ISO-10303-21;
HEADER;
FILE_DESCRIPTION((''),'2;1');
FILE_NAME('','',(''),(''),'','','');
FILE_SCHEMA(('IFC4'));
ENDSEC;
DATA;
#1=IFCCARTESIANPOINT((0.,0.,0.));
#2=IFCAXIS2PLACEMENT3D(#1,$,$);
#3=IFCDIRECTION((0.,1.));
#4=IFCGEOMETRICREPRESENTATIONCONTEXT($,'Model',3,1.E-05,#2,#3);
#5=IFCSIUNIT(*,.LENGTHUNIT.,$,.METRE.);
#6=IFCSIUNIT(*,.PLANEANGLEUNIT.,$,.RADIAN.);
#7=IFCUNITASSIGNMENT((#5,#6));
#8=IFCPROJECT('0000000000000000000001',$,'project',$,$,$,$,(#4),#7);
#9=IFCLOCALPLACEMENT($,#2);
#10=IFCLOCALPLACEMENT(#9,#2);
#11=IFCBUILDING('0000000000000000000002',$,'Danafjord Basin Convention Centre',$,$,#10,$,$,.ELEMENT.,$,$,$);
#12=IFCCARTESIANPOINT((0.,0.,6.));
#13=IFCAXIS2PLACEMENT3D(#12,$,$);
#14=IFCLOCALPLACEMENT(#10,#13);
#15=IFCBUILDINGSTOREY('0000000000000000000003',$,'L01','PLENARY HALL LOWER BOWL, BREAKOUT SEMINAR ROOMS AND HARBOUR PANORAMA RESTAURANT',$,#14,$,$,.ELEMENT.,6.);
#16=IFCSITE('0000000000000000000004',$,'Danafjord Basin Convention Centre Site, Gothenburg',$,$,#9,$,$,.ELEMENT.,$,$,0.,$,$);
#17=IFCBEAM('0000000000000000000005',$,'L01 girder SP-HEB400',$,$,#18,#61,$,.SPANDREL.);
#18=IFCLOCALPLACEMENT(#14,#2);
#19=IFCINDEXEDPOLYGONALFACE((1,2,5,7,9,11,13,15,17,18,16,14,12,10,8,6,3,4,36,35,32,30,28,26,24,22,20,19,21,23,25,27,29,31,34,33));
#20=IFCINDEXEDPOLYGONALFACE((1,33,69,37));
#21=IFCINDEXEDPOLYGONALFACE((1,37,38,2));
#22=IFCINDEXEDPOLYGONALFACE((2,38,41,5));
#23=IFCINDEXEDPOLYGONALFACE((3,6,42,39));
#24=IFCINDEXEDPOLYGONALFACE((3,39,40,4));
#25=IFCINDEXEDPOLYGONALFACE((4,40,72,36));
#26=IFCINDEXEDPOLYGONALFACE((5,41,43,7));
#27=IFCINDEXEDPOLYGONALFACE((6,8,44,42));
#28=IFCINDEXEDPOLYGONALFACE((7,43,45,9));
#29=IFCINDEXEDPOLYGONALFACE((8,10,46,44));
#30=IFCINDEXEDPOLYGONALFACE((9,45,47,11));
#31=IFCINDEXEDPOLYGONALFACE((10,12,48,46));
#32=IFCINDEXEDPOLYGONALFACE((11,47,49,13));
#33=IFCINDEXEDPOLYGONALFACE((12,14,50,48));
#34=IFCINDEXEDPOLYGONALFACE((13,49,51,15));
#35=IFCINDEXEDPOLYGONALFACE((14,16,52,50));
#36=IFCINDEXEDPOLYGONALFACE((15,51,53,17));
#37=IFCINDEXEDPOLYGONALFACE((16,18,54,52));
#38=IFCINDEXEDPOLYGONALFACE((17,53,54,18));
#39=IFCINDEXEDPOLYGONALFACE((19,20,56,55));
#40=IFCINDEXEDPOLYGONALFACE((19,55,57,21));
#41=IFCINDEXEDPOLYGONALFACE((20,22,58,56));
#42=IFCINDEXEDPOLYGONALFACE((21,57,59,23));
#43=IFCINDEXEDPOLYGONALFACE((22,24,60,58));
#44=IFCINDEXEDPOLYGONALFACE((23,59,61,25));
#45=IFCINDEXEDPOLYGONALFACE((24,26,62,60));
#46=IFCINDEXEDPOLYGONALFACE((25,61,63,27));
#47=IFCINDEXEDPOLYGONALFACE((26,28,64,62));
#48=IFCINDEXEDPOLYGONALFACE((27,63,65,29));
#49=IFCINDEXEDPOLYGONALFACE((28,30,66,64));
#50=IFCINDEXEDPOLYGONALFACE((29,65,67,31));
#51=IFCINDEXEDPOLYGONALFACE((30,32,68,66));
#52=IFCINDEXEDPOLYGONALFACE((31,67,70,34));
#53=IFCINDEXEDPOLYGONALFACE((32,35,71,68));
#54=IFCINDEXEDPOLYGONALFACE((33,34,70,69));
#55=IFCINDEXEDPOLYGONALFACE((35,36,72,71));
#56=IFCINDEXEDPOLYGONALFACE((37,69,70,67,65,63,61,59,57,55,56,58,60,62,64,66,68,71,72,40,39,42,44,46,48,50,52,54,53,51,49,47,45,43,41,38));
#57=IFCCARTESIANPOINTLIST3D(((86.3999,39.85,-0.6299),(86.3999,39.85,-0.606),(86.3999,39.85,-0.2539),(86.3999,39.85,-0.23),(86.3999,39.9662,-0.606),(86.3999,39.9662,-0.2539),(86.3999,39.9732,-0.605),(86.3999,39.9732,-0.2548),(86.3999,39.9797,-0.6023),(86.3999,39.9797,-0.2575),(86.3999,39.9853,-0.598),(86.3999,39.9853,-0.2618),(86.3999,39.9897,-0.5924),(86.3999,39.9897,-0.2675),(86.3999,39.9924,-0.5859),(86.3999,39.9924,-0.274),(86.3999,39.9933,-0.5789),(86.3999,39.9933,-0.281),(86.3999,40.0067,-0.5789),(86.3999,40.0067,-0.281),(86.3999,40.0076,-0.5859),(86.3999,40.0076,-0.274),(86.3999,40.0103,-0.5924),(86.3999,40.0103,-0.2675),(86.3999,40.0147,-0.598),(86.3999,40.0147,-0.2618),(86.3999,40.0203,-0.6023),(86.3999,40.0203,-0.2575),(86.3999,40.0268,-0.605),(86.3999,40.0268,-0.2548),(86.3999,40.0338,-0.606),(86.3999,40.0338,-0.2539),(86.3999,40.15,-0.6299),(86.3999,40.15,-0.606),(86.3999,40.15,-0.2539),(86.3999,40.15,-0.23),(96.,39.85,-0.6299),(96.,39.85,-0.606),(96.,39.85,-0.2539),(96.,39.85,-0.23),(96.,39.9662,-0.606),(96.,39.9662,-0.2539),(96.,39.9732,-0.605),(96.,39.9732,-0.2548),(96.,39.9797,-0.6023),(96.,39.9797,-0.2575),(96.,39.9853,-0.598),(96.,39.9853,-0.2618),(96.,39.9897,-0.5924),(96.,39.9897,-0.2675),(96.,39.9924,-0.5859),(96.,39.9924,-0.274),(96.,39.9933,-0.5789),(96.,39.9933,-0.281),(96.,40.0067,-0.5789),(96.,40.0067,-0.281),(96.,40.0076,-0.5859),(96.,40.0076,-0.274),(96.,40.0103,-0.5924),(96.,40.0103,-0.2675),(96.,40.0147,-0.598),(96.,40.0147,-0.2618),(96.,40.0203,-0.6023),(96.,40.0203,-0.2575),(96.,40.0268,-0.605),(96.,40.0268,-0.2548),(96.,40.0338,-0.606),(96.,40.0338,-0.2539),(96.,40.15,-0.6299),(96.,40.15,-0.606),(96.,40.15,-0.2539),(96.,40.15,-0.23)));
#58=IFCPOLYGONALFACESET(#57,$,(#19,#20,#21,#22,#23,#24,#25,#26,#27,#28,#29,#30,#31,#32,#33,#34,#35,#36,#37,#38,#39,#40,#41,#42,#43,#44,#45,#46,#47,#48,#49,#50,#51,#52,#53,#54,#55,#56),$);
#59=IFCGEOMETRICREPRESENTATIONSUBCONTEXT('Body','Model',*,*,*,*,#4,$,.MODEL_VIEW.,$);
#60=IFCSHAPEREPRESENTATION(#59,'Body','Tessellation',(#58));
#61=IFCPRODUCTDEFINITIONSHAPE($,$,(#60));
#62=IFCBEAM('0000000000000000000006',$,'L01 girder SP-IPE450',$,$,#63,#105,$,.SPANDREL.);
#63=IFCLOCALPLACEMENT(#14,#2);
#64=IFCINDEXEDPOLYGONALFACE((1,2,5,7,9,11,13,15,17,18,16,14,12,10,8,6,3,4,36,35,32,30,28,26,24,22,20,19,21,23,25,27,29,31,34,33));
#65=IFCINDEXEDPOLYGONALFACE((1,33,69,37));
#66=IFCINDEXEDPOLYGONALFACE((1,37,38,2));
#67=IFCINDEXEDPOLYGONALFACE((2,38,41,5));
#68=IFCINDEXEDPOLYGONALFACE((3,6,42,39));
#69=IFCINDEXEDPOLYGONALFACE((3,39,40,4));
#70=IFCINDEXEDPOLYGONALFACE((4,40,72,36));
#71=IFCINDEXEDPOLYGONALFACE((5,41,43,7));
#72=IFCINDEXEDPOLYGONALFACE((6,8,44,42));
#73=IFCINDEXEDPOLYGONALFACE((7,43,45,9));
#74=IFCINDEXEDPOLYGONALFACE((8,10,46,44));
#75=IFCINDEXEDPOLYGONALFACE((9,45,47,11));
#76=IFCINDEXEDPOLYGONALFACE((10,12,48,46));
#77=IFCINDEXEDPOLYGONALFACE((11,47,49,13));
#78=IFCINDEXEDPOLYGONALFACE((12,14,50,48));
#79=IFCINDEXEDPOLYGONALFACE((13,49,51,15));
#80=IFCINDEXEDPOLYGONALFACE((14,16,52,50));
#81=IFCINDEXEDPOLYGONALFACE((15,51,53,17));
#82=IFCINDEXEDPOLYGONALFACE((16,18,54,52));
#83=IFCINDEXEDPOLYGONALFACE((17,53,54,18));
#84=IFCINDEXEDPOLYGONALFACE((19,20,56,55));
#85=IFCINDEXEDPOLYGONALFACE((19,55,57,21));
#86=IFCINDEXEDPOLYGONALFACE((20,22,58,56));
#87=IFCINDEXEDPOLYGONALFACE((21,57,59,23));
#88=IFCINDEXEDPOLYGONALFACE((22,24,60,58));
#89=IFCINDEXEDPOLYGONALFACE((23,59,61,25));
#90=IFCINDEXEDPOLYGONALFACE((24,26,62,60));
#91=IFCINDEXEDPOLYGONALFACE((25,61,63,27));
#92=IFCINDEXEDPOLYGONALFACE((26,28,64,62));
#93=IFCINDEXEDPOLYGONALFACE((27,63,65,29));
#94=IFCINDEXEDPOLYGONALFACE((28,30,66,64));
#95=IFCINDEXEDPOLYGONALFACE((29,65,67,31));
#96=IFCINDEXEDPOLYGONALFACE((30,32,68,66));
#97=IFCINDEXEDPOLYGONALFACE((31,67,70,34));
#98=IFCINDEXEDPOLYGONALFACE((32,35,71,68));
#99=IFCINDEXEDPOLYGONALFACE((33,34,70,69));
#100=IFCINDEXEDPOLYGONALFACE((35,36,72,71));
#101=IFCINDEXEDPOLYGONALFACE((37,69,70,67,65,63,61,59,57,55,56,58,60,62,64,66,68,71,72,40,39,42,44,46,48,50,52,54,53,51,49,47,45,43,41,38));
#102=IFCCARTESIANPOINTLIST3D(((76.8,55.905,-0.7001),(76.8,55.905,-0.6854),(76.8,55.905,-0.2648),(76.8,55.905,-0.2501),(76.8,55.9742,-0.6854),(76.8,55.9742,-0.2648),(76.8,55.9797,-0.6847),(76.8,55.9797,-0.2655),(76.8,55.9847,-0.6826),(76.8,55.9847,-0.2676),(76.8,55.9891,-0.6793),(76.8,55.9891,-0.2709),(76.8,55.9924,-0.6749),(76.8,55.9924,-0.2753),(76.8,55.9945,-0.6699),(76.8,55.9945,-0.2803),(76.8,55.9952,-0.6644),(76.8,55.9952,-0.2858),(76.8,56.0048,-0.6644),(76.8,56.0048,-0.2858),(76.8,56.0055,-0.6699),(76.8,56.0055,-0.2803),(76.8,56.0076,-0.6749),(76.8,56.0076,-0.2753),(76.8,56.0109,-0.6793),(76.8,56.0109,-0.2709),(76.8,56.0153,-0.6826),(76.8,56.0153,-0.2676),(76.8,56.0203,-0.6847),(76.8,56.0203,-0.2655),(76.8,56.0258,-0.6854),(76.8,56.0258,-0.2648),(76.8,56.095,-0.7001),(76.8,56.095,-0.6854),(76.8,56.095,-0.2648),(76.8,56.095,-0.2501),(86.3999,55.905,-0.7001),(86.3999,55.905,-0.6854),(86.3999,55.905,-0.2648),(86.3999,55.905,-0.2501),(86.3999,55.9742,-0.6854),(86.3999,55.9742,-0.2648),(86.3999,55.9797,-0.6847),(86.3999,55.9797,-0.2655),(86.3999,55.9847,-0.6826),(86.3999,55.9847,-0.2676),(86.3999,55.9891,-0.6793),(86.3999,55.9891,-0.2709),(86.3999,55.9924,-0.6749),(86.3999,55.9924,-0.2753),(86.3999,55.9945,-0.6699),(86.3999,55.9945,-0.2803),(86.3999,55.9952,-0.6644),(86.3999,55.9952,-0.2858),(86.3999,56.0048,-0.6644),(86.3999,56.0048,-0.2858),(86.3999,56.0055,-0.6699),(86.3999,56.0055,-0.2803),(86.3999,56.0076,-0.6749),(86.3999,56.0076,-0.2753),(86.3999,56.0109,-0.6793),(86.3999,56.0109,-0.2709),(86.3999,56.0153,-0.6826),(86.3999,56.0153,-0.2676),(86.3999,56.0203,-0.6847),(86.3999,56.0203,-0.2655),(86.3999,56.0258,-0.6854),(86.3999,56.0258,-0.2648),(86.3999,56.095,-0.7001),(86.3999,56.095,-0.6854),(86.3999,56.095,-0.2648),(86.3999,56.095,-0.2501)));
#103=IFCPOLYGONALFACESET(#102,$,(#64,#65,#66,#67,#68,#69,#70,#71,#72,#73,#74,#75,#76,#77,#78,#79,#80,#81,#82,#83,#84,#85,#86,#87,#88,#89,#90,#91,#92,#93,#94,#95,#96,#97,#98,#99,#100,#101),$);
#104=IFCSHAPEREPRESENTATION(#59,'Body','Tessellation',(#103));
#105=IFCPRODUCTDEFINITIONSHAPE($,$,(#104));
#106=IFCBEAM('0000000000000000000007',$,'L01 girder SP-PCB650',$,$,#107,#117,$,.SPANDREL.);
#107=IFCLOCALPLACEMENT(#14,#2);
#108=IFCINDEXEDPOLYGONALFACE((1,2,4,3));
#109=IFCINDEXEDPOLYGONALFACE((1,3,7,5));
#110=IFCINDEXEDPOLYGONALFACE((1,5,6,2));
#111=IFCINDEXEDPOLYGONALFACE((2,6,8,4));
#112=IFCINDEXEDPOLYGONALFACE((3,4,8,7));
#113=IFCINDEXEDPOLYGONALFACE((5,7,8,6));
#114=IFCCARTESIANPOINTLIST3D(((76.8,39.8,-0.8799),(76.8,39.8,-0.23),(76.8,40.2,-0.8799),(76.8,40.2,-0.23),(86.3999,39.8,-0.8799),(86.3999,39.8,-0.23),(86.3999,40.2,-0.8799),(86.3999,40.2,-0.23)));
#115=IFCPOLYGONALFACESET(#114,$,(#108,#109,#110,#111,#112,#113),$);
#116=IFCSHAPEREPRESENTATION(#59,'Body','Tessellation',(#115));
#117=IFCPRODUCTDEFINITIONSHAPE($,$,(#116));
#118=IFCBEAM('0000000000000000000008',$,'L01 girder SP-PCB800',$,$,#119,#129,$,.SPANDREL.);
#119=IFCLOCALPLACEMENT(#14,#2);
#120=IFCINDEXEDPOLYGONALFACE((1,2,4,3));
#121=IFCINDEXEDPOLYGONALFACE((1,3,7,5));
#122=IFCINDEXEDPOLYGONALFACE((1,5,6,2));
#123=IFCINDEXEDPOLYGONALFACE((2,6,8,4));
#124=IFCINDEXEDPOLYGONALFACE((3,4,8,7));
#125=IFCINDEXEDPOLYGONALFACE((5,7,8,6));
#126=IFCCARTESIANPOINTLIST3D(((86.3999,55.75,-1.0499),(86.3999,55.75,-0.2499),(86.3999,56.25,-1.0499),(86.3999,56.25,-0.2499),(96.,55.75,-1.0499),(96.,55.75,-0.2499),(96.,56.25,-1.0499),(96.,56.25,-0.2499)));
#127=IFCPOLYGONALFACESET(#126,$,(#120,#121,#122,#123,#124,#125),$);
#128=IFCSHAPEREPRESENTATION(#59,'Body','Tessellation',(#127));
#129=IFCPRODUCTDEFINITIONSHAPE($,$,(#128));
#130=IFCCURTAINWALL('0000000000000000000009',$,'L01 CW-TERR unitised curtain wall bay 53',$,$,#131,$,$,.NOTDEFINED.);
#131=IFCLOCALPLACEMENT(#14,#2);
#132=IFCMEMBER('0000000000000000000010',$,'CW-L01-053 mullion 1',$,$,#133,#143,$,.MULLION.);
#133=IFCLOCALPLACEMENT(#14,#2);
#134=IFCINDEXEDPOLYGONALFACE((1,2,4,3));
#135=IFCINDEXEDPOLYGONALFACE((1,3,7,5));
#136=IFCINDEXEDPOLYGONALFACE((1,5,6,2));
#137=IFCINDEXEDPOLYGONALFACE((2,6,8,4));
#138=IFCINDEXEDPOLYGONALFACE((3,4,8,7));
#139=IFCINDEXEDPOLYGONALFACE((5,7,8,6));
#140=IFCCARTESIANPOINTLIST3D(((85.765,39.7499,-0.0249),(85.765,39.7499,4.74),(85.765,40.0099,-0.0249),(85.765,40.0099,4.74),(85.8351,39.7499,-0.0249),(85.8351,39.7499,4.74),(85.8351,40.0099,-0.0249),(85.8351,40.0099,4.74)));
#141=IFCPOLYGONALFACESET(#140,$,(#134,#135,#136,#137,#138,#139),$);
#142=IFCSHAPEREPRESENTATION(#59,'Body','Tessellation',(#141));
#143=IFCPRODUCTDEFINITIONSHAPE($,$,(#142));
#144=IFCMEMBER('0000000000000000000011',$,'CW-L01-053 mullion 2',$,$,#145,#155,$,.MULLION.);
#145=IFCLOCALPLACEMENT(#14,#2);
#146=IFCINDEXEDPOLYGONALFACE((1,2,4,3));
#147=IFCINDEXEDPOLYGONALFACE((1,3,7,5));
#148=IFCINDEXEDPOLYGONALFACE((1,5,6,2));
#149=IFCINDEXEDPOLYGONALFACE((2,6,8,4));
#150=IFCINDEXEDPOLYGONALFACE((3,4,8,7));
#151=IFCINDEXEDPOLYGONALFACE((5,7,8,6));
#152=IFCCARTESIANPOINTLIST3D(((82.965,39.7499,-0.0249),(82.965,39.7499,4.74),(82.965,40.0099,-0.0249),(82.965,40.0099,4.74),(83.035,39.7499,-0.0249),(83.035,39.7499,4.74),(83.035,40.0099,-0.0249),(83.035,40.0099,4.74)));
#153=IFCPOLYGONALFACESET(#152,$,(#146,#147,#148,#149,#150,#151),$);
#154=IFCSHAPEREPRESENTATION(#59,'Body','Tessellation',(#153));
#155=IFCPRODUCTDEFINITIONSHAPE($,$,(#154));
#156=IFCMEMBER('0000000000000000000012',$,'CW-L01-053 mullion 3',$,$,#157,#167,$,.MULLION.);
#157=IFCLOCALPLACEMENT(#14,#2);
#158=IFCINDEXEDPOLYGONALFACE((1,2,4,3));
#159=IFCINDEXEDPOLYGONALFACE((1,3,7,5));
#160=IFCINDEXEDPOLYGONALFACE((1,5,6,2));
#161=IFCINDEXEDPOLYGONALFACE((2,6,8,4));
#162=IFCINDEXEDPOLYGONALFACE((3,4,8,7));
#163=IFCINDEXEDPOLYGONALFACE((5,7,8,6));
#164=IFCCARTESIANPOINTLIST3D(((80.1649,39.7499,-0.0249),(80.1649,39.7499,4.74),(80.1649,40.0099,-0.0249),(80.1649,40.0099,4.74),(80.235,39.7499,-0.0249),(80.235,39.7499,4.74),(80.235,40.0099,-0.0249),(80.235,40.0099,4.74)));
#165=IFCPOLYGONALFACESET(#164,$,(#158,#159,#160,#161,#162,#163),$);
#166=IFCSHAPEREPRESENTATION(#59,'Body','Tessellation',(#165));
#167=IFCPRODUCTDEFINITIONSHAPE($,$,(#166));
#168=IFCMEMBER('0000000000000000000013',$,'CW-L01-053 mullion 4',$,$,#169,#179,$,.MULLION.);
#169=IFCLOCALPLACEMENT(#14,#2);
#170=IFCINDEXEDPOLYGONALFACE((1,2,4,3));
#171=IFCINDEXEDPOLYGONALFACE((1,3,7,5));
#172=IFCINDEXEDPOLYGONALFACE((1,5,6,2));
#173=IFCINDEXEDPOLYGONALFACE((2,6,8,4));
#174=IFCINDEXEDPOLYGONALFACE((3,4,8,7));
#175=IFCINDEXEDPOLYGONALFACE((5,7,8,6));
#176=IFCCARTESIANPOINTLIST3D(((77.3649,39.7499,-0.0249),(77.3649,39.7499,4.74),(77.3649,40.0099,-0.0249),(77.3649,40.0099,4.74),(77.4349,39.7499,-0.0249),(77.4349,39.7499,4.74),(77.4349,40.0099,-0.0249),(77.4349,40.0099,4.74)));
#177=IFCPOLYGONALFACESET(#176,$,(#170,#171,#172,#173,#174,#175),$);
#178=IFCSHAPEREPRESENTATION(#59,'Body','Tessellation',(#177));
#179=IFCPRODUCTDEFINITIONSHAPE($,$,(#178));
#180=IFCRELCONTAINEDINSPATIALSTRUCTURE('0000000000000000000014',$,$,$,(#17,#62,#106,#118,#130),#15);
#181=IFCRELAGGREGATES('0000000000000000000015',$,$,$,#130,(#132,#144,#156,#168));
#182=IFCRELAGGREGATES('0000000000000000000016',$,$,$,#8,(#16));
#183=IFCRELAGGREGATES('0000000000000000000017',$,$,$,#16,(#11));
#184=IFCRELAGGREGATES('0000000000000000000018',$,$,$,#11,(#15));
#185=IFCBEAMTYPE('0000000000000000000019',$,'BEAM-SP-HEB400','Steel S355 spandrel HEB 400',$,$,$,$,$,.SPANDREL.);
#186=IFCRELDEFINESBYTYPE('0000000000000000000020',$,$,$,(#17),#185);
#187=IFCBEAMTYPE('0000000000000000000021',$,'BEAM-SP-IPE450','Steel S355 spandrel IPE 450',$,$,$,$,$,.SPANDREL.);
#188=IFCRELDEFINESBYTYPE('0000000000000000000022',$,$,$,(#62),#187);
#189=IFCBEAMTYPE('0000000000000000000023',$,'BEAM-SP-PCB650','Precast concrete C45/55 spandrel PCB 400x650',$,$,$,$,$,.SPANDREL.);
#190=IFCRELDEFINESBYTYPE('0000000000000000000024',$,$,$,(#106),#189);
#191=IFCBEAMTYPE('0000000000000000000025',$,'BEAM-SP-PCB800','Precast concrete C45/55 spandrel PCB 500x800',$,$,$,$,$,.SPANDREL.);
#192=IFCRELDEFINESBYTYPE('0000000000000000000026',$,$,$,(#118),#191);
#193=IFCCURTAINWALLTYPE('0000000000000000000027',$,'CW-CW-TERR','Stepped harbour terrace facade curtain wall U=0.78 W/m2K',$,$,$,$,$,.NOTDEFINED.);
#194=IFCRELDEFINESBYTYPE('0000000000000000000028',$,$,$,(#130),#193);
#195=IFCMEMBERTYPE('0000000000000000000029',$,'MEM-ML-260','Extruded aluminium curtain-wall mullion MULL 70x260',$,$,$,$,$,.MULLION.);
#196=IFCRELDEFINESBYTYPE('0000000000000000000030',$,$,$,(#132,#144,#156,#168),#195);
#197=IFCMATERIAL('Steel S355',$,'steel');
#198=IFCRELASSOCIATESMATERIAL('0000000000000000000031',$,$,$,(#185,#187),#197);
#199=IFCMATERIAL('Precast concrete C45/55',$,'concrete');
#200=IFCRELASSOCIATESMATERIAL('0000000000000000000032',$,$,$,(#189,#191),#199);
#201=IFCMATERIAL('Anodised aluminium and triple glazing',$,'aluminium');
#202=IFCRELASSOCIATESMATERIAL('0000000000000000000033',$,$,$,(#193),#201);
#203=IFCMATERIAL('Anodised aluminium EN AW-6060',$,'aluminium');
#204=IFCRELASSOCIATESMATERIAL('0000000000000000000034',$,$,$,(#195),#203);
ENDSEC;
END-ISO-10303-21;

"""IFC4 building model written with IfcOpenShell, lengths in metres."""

from ifc_helpers import new_model, si_unit, direction, frame, origin, origin_2d, place, context, subcontext, project, spatial, rectangle, i_section, extrude, material, material_profile, profile_set, type_object, element, aggregate, save


model = new_model("IFC4")

# Units and contexts
model_context = context("Model", 3, precision=1e-05, world=origin(), true_north=direction((0.0, 1.0)))
body_context = subcontext(model_context, "Body", "Model", "MODEL_VIEW")
ifc_project = project(units=[si_unit("LENGTHUNIT", "METRE"), si_unit("PLANEANGLEUNIT", "RADIAN")], contexts=[model_context])

# Site, building, storey
site_placement = place(None, origin())
site = spatial("IfcSite", under=ifc_project, at=site_placement, Name="Danafjord Basin Convention Centre Site, Gothenburg", CompositionType="ELEMENT", RefElevation=0.0)
building_placement = place(site_placement, origin())
building = spatial("IfcBuilding", under=site, at=building_placement, Name="Danafjord Basin Convention Centre", CompositionType="ELEMENT")
storey_placement = place(building_placement, frame((0.0, 0.0, 6.0)))
storey = spatial("IfcBuildingStorey", under=building, at=storey_placement, Name="L01", Description="PLENARY HALL LOWER BOWL, BREAKOUT SEMINAR ROOMS AND HARBOUR PANORAMA RESTAURANT", CompositionType="ELEMENT", Elevation=6.0)

# Shared definitions
ifc_material_1 = material(Name="Steel S355", Category="steel")

# Beams
ifc_material_profile_1 = material_profile(ifc_material_1, i_section(OverallWidth=0.3, OverallDepth=0.3999, WebThickness=0.0134, FlangeThickness=0.0239, FilletRadius=0.0271, at=origin_2d()), Name="HEB 400")
ifc_profile_set_1 = profile_set([ifc_material_profile_1], Name="Steel S355")
beam_type_1 = type_object("IfcBeamType", Name="BEAM-SP-HEB400", Description="Steel S355 spandrel HEB 400", PredefinedType="SPANDREL", material=ifc_profile_set_1)
beam_1_placement = place(storey_placement, frame((86.3999, 40.0, -0.4299), z_axis=(1.0, 0.0, 0.0), x_axis=(0.0, 1.0, 0.0)))
element("IfcBeam", 1, at=beam_1_placement, inside=storey, type_object=beam_type_1, Name="L01 girder SP-HEB400", PredefinedType="SPANDREL", context=body_context, shape_type="SweptSolid", body=[
    extrude(i_section(OverallWidth=0.3, OverallDepth=0.3999, WebThickness=0.0134, FlangeThickness=0.0239, FilletRadius=0.0271, at=origin_2d()), origin(), (0.0, 0.0, 1.0), 9.6001),
])
ifc_material_profile_2 = material_profile(ifc_material_1, i_section(OverallWidth=0.1899, OverallDepth=0.45, WebThickness=0.0095, FlangeThickness=0.0146, FilletRadius=0.021, at=origin_2d()), Name="IPE 450")
ifc_profile_set_2 = profile_set([ifc_material_profile_2], Name="Steel S355")
beam_type_2 = type_object("IfcBeamType", Name="BEAM-SP-IPE450", Description="Steel S355 spandrel IPE 450", PredefinedType="SPANDREL", material=ifc_profile_set_2)
beam_2_placement = place(storey_placement, frame((76.8, 56.0, -0.4751), z_axis=(1.0, 0.0, 0.0), x_axis=(0.0, 1.0, 0.0)))
element("IfcBeam", 2, at=beam_2_placement, inside=storey, type_object=beam_type_2, Name="L01 girder SP-IPE450", PredefinedType="SPANDREL", context=body_context, shape_type="SweptSolid", body=[
    extrude(i_section(OverallWidth=0.1899, OverallDepth=0.45, WebThickness=0.0095, FlangeThickness=0.0146, FilletRadius=0.021, at=origin_2d()), origin(), (0.0, 0.0, 1.0), 9.5999),
])
ifc_material_2 = material(Name="Precast concrete C45/55", Category="concrete")
ifc_material_profile_3 = material_profile(ifc_material_2, rectangle(XDim=0.3999, YDim=0.6499, at=origin_2d()), Name="PCB 400x650")
ifc_profile_set_3 = profile_set([ifc_material_profile_3], Name="Precast concrete C45/55")
beam_type_3 = type_object("IfcBeamType", Name="BEAM-SP-PCB650", Description="Precast concrete C45/55 spandrel PCB 400x650", PredefinedType="SPANDREL", material=ifc_profile_set_3)
beam_3_placement = place(storey_placement, frame((76.8, 40.0, -0.5549), z_axis=(1.0, 0.0, 0.0), x_axis=(0.0, 1.0, 0.0)))
element("IfcBeam", 3, at=beam_3_placement, inside=storey, type_object=beam_type_3, Name="L01 girder SP-PCB650", PredefinedType="SPANDREL", context=body_context, shape_type="SweptSolid", body=[
    extrude(rectangle(XDim=0.3999, YDim=0.6499, at=origin_2d()), origin(), (0.0, 0.0, 1.0), 9.5999),
])
ifc_material_profile_4 = material_profile(ifc_material_2, rectangle(XDim=0.5, YDim=0.8, at=origin_2d()), Name="PCB 500x800")
ifc_profile_set_4 = profile_set([ifc_material_profile_4], Name="Precast concrete C45/55")
beam_type_4 = type_object("IfcBeamType", Name="BEAM-SP-PCB800", Description="Precast concrete C45/55 spandrel PCB 500x800", PredefinedType="SPANDREL", material=ifc_profile_set_4)
beam_4_placement = place(storey_placement, frame((86.3999, 56.0, -0.6499), z_axis=(1.0, 0.0, 0.0), x_axis=(0.0, 1.0, 0.0)))
element("IfcBeam", 4, at=beam_4_placement, inside=storey, type_object=beam_type_4, Name="L01 girder SP-PCB800", PredefinedType="SPANDREL", context=body_context, shape_type="SweptSolid", body=[
    extrude(rectangle(XDim=0.5, YDim=0.8, at=origin_2d()), origin(), (0.0, 0.0, 1.0), 9.6001),
])

# Curtain wall, members
ifc_material_3 = material(Name="Anodised aluminium and triple glazing", Category="aluminium")
curtain_wall_type = type_object("IfcCurtainWallType", Name="CW-CW-TERR", Description="Stepped harbour terrace facade curtain wall U=0.78 W/m2K", PredefinedType="NOTDEFINED", material=ifc_material_3)
curtain_wall_1_placement = place(storey_placement, origin())
curtain_wall_1 = element("IfcCurtainWall", 5, at=curtain_wall_1_placement, inside=storey, type_object=curtain_wall_type, Name="L01 CW-TERR unitised curtain wall bay 53", PredefinedType="NOTDEFINED")
ifc_material_4 = material(Name="Anodised aluminium EN AW-6060", Category="aluminium")
ifc_material_profile_5 = material_profile(ifc_material_4, rectangle(XDim=0.0701, YDim=0.26, at=origin_2d()), Name="MULL 70x260")
ifc_profile_set_5 = profile_set([ifc_material_profile_5], Name="Anodised aluminium EN AW-6060")
member_type_1 = type_object("IfcMemberType", Name="MEM-ML-260", Description="Extruded aluminium curtain-wall mullion MULL 70x260", PredefinedType="MULLION", material=ifc_profile_set_5)
member_1_placement = place(storey_placement, frame((85.8, 39.8799, -0.0249), z_axis=(0.0, 0.0, 1.0), x_axis=(-1.0, 0.0, 0.0)))
member_1 = element("IfcMember", 6, at=member_1_placement, type_object=member_type_1, Name="CW-L01-053 mullion 1", PredefinedType="MULLION", context=body_context, shape_type="SweptSolid", body=[
    extrude(rectangle(XDim=0.0701, YDim=0.26, at=origin_2d()), origin(), (0.0, 0.0, 1.0), 4.7649),
])
member_2_placement = place(storey_placement, frame((83.0, 39.8799, -0.0249), z_axis=(0.0, 0.0, 1.0), x_axis=(-1.0, 0.0, 0.0)))
member_2 = element("IfcMember", 7, at=member_2_placement, type_object=member_type_1, Name="CW-L01-053 mullion 2", PredefinedType="MULLION", context=body_context, shape_type="SweptSolid", body=[
    extrude(rectangle(XDim=0.0701, YDim=0.26, at=origin_2d()), origin(), (0.0, 0.0, 1.0), 4.7649),
])
member_3_placement = place(storey_placement, frame((80.2, 39.8799, -0.0249), z_axis=(0.0, 0.0, 1.0), x_axis=(-1.0, 0.0, 0.0)))
member_3 = element("IfcMember", 8, at=member_3_placement, type_object=member_type_1, Name="CW-L01-053 mullion 3", PredefinedType="MULLION", context=body_context, shape_type="SweptSolid", body=[
    extrude(rectangle(XDim=0.0701, YDim=0.26, at=origin_2d()), origin(), (0.0, 0.0, 1.0), 4.7649),
])
member_4_placement = place(storey_placement, frame((77.3999, 39.8799, -0.0249), z_axis=(0.0, 0.0, 1.0), x_axis=(-1.0, 0.0, 0.0)))
member_4 = element("IfcMember", 9, at=member_4_placement, type_object=member_type_1, Name="CW-L01-053 mullion 4", PredefinedType="MULLION", context=body_context, shape_type="SweptSolid", body=[
    extrude(rectangle(XDim=0.0701, YDim=0.26, at=origin_2d()), origin(), (0.0, 0.0, 1.0), 4.7649),
])

aggregate(curtain_wall_1, [member_1, member_2, member_3, member_4])

save(model, "model.ifc")
